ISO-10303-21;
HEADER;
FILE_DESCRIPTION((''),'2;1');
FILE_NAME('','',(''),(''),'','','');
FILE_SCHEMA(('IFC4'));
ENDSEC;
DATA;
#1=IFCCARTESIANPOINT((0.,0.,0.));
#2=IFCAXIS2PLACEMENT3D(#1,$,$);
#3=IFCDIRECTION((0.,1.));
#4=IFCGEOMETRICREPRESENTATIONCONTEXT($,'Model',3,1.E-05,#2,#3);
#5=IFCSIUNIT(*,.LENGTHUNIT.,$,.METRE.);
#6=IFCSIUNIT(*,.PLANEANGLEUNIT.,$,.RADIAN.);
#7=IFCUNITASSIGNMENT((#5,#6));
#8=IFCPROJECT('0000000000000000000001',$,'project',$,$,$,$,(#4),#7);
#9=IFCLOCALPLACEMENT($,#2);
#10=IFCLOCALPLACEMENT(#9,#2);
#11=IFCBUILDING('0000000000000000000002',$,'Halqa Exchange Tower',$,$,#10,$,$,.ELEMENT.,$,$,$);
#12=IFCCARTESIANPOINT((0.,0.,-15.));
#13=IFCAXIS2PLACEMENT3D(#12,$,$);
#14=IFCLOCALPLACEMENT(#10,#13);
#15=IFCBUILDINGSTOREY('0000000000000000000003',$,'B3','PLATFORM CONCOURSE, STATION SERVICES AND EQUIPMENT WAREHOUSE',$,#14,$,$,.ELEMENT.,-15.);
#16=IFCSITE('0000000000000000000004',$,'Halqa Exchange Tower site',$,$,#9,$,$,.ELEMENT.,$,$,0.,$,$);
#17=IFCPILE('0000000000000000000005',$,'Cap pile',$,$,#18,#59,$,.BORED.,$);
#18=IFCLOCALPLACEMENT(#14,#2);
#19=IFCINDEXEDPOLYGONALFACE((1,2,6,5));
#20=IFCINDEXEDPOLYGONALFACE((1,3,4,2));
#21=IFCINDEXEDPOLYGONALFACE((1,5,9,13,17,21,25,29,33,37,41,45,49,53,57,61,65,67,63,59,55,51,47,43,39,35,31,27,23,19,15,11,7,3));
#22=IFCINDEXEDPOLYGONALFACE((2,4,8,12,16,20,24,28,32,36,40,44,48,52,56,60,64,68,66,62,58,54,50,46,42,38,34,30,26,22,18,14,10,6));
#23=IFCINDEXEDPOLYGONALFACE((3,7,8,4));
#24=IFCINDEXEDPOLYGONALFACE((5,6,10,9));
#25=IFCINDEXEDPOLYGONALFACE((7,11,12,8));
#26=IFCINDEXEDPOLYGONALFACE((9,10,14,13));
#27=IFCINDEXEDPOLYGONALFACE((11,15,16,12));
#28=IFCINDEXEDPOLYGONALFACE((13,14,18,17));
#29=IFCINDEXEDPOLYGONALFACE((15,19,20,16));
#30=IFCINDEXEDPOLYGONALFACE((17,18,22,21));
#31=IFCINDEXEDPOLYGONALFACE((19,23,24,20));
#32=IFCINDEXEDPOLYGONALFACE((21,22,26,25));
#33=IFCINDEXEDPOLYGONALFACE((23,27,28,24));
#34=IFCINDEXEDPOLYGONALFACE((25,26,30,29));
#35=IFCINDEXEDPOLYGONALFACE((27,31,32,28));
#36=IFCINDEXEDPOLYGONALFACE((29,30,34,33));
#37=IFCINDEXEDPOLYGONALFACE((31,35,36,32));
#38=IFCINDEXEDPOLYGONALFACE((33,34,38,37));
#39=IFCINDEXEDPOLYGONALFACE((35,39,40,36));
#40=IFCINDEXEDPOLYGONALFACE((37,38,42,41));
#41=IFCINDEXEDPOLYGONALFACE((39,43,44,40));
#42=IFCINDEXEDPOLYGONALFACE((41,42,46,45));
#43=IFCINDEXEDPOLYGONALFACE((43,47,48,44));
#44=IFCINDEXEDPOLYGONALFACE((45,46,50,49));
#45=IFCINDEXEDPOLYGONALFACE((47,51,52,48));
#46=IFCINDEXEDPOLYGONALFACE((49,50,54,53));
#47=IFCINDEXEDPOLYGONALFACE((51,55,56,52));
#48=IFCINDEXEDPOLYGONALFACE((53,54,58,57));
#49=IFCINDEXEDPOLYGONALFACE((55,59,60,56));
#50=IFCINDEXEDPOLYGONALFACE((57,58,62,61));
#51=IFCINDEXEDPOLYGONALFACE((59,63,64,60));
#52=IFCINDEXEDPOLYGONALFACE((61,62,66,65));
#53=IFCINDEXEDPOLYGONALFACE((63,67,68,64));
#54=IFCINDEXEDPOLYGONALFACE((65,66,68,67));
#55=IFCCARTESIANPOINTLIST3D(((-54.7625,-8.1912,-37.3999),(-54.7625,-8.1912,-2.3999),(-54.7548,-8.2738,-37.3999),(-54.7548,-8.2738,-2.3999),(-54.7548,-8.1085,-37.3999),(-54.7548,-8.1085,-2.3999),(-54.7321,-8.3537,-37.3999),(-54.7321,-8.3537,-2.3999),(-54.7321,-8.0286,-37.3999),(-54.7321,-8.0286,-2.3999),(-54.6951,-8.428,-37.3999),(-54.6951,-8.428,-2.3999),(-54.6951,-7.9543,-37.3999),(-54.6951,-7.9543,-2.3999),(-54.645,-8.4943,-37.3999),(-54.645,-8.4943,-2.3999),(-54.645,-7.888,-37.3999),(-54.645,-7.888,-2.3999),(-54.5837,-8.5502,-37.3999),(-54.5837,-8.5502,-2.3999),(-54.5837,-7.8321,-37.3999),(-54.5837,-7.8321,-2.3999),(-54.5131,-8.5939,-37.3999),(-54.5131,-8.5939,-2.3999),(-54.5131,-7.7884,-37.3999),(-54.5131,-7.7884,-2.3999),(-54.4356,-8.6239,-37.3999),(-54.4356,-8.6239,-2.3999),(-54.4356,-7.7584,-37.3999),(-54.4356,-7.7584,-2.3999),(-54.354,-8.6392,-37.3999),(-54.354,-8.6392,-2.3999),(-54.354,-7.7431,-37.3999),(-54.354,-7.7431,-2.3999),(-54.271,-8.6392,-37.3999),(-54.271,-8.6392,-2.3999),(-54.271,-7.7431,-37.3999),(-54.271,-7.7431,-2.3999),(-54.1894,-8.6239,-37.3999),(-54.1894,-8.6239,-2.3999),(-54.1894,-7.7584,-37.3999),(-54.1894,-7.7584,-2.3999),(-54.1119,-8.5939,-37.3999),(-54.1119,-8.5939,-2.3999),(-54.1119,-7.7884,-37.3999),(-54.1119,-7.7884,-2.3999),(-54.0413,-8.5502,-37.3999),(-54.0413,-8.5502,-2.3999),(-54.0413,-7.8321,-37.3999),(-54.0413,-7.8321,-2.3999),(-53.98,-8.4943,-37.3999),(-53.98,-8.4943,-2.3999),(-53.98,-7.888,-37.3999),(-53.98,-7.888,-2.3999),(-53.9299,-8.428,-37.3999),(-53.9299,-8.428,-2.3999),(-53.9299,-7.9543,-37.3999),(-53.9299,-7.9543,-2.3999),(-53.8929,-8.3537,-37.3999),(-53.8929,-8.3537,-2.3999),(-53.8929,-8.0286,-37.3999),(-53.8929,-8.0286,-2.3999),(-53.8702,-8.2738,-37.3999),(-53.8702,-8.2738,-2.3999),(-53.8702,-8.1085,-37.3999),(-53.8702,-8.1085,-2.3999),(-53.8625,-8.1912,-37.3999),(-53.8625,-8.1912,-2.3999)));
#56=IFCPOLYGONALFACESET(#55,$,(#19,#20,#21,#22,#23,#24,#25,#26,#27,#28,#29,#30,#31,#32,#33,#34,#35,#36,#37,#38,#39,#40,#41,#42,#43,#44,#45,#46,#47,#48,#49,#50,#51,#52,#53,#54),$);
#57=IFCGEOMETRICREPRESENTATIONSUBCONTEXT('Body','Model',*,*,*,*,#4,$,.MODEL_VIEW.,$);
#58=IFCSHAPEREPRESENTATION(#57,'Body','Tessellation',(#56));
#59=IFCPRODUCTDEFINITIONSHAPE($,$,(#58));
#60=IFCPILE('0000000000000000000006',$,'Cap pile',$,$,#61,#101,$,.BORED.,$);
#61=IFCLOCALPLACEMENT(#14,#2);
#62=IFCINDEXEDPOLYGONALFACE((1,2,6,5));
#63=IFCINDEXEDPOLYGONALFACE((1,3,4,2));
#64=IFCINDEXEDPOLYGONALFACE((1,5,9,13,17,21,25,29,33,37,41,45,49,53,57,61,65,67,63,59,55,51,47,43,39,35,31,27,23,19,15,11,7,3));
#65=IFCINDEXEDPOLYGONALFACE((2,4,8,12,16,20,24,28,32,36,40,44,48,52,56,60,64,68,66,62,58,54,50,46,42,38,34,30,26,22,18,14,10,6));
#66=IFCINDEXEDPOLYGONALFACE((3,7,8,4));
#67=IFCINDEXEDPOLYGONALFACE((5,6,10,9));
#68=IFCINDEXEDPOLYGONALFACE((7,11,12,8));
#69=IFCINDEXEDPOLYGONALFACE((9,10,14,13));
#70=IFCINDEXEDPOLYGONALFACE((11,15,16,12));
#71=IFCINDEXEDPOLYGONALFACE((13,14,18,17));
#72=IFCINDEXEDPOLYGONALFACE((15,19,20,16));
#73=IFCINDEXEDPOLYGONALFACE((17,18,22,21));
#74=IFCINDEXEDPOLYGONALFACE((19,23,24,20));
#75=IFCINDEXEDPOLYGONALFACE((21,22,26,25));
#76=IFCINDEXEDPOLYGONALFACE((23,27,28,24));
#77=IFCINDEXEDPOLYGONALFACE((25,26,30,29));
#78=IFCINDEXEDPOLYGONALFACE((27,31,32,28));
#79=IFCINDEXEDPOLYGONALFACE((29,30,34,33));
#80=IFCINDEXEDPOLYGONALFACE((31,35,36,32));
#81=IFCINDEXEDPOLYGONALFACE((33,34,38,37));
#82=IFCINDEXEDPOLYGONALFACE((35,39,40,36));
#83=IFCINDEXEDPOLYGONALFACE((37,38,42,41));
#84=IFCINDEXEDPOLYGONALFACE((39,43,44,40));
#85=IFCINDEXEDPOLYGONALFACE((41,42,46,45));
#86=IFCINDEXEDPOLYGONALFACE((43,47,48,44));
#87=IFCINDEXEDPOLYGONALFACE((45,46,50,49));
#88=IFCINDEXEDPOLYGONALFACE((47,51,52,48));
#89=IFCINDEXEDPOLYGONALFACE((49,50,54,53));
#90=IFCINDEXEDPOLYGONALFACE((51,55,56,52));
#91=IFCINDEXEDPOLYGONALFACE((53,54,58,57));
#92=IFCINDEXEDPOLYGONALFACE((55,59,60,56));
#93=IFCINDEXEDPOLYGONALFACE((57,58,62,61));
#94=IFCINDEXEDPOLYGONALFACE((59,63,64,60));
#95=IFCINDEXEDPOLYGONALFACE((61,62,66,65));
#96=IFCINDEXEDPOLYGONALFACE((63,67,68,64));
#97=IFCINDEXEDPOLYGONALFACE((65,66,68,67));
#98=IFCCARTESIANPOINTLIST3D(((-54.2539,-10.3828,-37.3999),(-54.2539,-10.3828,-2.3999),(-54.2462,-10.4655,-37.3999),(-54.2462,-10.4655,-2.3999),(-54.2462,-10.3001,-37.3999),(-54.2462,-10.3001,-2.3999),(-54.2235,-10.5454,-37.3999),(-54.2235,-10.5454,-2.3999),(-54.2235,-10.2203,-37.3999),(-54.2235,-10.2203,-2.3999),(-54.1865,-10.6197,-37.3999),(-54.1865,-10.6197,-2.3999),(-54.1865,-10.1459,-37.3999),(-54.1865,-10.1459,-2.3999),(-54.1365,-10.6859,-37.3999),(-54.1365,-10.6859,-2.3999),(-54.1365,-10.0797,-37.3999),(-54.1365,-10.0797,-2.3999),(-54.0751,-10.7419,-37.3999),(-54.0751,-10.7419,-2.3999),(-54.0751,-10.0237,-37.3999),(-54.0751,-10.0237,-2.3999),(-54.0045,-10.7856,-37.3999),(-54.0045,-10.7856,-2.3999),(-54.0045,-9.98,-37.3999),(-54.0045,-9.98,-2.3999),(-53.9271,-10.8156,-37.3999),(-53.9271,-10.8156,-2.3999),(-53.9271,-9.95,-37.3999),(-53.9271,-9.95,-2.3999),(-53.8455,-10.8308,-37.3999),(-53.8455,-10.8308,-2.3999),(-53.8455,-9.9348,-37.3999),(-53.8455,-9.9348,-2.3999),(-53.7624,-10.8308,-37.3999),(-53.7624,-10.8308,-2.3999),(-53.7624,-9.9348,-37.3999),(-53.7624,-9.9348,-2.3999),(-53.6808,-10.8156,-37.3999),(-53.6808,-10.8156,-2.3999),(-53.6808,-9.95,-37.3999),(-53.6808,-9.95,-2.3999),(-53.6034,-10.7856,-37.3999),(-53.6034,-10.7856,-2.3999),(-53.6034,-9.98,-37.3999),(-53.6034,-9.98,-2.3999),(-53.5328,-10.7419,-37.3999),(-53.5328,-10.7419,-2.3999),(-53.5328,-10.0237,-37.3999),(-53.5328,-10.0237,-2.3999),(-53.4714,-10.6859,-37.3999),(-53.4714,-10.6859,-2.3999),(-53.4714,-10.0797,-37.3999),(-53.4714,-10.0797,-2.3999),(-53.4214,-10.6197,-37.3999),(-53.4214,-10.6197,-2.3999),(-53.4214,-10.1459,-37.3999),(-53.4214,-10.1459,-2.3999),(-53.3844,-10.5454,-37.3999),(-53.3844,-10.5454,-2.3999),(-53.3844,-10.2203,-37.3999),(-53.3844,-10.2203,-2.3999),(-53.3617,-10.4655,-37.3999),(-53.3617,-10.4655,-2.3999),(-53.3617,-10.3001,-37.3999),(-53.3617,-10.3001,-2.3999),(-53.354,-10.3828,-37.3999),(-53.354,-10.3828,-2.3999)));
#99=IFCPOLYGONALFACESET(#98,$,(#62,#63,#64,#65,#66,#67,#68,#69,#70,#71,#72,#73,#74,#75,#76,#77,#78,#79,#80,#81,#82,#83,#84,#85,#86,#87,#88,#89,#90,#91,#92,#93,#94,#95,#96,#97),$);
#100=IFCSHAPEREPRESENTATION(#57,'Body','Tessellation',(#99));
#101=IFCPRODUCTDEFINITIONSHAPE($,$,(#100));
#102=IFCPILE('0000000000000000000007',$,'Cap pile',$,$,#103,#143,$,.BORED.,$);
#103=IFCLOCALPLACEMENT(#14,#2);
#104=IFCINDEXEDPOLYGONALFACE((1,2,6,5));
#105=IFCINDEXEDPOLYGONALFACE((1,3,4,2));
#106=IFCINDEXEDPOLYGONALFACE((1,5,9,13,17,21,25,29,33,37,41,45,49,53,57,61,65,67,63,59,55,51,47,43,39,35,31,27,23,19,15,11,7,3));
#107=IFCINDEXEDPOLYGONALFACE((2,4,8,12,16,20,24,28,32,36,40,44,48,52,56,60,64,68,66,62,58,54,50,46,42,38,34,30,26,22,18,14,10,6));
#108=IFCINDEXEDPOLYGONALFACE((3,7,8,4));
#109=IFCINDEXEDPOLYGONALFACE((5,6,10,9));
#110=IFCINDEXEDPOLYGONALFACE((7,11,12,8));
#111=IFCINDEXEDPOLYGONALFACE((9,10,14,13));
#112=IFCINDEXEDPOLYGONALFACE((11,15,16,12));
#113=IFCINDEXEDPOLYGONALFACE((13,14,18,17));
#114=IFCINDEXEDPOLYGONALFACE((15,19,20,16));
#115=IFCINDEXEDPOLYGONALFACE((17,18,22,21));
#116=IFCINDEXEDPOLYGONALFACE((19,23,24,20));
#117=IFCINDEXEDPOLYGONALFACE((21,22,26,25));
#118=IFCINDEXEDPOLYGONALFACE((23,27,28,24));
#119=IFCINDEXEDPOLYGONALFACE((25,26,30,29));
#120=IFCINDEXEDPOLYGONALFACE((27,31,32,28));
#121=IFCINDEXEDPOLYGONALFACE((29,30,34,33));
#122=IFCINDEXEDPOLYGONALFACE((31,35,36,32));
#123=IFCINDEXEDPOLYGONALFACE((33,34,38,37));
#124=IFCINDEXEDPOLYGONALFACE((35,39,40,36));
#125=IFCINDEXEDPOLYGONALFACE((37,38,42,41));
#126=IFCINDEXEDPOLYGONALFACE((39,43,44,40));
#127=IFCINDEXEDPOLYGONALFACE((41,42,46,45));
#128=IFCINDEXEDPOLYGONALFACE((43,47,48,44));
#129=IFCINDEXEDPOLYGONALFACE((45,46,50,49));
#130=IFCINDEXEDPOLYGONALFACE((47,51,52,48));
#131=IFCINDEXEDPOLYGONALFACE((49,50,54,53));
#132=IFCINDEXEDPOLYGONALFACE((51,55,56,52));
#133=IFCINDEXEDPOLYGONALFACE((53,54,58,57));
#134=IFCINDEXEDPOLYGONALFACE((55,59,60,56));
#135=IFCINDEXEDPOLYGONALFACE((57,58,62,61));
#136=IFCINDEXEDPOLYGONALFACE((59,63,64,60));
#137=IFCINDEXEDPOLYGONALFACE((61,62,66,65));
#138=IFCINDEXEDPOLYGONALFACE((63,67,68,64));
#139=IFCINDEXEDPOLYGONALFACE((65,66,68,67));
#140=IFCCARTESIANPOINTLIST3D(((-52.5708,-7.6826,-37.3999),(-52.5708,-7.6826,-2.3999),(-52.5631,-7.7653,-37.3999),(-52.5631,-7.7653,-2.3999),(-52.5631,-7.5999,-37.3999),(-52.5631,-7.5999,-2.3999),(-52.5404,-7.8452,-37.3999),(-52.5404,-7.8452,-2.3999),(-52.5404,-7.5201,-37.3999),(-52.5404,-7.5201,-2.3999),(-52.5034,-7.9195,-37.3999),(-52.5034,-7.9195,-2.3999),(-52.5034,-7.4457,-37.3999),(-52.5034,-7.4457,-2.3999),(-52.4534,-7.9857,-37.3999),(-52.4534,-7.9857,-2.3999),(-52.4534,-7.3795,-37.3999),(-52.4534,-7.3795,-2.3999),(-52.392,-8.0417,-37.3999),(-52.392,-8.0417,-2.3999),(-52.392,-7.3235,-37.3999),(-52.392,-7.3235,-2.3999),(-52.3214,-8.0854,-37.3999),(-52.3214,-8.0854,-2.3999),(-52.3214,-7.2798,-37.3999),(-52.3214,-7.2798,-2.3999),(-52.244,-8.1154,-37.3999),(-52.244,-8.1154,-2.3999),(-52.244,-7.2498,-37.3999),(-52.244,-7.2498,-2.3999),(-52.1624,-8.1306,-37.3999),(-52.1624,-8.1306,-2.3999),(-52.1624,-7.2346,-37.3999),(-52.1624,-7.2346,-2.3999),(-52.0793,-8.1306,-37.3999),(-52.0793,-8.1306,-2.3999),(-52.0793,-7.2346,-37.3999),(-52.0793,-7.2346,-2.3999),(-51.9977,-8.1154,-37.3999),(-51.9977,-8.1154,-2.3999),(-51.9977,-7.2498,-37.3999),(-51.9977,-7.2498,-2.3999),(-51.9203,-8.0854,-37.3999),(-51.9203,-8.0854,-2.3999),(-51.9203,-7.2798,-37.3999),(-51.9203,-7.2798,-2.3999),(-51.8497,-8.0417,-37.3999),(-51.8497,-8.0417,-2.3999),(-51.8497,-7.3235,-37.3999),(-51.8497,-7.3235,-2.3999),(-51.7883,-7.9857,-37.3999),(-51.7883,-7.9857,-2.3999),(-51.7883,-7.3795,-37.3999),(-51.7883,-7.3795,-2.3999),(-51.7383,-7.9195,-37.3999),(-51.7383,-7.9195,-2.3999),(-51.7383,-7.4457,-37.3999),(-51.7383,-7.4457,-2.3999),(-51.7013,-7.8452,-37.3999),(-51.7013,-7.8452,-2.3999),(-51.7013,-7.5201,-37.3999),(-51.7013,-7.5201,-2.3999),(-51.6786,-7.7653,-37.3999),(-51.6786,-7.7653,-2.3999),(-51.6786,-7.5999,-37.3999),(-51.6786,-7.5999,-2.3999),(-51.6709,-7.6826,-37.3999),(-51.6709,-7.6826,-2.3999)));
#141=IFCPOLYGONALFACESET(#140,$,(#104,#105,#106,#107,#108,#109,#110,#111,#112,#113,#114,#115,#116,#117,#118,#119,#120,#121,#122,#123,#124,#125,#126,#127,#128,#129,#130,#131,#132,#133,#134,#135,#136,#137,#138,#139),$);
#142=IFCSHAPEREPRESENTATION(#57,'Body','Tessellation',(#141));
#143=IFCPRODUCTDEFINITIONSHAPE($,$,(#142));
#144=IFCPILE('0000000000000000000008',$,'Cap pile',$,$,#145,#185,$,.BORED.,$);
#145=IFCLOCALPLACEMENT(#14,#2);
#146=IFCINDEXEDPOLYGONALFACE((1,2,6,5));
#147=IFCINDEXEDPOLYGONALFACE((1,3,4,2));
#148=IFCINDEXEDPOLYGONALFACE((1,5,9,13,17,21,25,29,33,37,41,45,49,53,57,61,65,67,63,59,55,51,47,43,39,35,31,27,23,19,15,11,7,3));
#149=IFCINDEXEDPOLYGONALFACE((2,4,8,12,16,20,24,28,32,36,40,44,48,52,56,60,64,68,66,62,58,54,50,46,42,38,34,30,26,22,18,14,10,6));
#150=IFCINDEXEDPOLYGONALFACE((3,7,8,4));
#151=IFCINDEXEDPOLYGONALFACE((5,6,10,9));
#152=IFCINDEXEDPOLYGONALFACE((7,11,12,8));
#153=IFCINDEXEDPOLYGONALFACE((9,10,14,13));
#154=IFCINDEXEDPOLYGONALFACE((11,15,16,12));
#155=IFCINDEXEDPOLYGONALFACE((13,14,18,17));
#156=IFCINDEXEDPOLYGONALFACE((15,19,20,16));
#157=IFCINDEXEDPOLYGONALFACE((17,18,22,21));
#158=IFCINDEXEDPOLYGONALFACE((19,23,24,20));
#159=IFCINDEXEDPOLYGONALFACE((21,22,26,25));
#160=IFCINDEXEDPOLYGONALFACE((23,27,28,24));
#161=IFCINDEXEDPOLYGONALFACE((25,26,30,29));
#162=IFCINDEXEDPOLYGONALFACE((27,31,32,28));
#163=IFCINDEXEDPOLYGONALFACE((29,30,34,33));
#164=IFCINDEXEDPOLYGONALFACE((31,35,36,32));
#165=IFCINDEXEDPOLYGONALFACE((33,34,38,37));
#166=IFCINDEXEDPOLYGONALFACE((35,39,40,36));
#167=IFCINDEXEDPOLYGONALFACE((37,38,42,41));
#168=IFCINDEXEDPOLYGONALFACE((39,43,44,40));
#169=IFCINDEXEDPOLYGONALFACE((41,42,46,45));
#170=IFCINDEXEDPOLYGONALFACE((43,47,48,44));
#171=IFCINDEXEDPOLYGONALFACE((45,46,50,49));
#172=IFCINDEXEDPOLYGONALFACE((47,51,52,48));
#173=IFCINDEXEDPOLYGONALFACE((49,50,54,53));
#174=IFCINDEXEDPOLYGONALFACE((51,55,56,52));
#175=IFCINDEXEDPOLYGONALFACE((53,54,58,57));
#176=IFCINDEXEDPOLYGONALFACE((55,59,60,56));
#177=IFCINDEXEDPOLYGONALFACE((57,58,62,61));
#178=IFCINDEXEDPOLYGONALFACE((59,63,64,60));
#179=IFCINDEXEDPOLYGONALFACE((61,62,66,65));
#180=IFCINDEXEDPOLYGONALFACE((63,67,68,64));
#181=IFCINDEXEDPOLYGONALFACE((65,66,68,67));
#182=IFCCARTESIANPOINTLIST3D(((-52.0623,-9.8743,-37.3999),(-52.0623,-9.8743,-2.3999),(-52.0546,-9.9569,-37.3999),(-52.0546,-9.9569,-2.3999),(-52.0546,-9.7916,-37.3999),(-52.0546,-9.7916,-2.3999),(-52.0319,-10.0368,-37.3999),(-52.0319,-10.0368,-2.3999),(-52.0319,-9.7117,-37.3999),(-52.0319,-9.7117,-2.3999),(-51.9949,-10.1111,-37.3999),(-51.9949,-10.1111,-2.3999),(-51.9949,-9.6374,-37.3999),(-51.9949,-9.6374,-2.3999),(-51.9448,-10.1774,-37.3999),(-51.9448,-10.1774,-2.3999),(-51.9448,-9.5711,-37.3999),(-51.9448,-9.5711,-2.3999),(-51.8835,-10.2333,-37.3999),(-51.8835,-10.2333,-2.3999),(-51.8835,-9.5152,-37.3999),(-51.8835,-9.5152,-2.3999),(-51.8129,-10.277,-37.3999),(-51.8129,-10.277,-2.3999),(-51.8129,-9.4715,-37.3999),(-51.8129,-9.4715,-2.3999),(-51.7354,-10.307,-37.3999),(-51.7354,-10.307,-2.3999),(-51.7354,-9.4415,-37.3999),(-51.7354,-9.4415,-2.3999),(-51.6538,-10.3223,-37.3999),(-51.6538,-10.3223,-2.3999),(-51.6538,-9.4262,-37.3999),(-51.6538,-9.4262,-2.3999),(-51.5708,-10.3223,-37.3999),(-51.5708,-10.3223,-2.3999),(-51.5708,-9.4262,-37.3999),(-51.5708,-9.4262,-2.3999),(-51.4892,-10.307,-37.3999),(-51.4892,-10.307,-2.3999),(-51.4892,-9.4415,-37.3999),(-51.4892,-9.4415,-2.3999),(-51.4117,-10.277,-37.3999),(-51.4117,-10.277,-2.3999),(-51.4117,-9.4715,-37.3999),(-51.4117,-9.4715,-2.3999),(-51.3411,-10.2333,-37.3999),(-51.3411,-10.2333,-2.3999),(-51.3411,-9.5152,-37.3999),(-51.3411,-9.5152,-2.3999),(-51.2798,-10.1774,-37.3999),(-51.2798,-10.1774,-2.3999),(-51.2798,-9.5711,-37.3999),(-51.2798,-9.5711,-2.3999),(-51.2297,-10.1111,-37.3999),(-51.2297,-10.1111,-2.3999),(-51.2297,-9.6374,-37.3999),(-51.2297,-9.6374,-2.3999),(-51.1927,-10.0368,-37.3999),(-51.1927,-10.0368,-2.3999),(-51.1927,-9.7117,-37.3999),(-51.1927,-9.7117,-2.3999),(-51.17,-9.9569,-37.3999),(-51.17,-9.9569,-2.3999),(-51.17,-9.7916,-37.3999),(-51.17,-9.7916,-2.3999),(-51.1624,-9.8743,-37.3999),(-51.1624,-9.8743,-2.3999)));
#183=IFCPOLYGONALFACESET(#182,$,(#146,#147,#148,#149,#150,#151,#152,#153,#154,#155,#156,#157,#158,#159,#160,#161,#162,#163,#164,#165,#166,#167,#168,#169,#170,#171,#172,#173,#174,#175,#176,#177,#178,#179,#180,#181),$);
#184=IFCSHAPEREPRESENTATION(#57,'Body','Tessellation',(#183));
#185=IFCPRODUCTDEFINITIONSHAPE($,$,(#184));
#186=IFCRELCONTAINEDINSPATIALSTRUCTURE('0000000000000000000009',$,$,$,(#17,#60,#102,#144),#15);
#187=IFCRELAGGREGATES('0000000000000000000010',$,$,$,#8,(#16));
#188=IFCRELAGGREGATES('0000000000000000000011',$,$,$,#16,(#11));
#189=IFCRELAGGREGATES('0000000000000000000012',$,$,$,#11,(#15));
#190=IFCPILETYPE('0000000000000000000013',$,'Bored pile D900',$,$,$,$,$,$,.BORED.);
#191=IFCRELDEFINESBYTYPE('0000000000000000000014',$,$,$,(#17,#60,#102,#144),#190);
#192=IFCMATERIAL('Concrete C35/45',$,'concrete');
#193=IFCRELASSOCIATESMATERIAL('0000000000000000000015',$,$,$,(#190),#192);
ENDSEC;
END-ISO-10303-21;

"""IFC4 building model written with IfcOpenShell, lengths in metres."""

from ifc_helpers import new_model, si_unit, direction, frame, origin, origin_2d, place, context, subcontext, project, spatial, circle, extrude, material, material_profile, profile_set, type_object, element, save


model = new_model("IFC4")

# Units and contexts
model_context = context("Model", 3, precision=1e-05, world=origin(), true_north=direction((0.0, 1.0)))
body_context = subcontext(model_context, "Body", "Model", "MODEL_VIEW")
ifc_project = project(units=[si_unit("LENGTHUNIT", "METRE"), si_unit("PLANEANGLEUNIT", "RADIAN")], contexts=[model_context])

# Site, building, storey
site_placement = place(None, origin())
site = spatial("IfcSite", under=ifc_project, at=site_placement, Name="Halqa Exchange Tower site", CompositionType="ELEMENT", RefElevation=0.0)
building_placement = place(site_placement, origin())
building = spatial("IfcBuilding", under=site, at=building_placement, Name="Halqa Exchange Tower", CompositionType="ELEMENT")
storey_placement = place(building_placement, frame((0.0, 0.0, -15.0)))
storey = spatial("IfcBuildingStorey", under=building, at=storey_placement, Name="B3", Description="PLATFORM CONCOURSE, STATION SERVICES AND EQUIPMENT WAREHOUSE", CompositionType="ELEMENT", Elevation=-15.0)

# Piles
ifc_material_1 = material(Name="Concrete C35/45", Category="concrete")
ifc_material_profile_1 = material_profile(ifc_material_1, circle(Radius=0.45, at=origin_2d()), Name="D900")
ifc_profile_set_1 = profile_set([ifc_material_profile_1], Name="Concrete C35/45")
pile_type = type_object("IfcPileType", Name="Bored pile D900", PredefinedType="BORED", material=ifc_profile_set_1)
for number, where, z_axis, x_axis, name in (
    (1, (-54.3125, -8.1912, -2.3999), (0.0, 0.0, -1.0), (1.0, 0.0, 0.0), "Cap pile"),
    (2, (-53.804, -10.3828, -2.3999), (0.0, 0.0, -1.0), (1.0, 0.0, 0.0), "Cap pile"),
    (3, (-52.1208, -7.6826, -2.3999), (0.0, 0.0, -1.0), (1.0, 0.0, 0.0), "Cap pile"),
    (4, (-51.6123, -9.8743, -2.3999), (0.0, 0.0, -1.0), (1.0, 0.0, 0.0), "Cap pile"),
):
    element("IfcPile", number, at=place(storey_placement, frame(where, z_axis=z_axis, x_axis=x_axis)), inside=storey, type_object=pile_type, Name=name, PredefinedType="BORED", context=body_context, shape_type="SweptSolid", body=[
        extrude(circle(Radius=0.45, at=origin_2d()), origin(), (0.0, 0.0, 1.0), 35.0),
    ])

save(model, "model.ifc")
